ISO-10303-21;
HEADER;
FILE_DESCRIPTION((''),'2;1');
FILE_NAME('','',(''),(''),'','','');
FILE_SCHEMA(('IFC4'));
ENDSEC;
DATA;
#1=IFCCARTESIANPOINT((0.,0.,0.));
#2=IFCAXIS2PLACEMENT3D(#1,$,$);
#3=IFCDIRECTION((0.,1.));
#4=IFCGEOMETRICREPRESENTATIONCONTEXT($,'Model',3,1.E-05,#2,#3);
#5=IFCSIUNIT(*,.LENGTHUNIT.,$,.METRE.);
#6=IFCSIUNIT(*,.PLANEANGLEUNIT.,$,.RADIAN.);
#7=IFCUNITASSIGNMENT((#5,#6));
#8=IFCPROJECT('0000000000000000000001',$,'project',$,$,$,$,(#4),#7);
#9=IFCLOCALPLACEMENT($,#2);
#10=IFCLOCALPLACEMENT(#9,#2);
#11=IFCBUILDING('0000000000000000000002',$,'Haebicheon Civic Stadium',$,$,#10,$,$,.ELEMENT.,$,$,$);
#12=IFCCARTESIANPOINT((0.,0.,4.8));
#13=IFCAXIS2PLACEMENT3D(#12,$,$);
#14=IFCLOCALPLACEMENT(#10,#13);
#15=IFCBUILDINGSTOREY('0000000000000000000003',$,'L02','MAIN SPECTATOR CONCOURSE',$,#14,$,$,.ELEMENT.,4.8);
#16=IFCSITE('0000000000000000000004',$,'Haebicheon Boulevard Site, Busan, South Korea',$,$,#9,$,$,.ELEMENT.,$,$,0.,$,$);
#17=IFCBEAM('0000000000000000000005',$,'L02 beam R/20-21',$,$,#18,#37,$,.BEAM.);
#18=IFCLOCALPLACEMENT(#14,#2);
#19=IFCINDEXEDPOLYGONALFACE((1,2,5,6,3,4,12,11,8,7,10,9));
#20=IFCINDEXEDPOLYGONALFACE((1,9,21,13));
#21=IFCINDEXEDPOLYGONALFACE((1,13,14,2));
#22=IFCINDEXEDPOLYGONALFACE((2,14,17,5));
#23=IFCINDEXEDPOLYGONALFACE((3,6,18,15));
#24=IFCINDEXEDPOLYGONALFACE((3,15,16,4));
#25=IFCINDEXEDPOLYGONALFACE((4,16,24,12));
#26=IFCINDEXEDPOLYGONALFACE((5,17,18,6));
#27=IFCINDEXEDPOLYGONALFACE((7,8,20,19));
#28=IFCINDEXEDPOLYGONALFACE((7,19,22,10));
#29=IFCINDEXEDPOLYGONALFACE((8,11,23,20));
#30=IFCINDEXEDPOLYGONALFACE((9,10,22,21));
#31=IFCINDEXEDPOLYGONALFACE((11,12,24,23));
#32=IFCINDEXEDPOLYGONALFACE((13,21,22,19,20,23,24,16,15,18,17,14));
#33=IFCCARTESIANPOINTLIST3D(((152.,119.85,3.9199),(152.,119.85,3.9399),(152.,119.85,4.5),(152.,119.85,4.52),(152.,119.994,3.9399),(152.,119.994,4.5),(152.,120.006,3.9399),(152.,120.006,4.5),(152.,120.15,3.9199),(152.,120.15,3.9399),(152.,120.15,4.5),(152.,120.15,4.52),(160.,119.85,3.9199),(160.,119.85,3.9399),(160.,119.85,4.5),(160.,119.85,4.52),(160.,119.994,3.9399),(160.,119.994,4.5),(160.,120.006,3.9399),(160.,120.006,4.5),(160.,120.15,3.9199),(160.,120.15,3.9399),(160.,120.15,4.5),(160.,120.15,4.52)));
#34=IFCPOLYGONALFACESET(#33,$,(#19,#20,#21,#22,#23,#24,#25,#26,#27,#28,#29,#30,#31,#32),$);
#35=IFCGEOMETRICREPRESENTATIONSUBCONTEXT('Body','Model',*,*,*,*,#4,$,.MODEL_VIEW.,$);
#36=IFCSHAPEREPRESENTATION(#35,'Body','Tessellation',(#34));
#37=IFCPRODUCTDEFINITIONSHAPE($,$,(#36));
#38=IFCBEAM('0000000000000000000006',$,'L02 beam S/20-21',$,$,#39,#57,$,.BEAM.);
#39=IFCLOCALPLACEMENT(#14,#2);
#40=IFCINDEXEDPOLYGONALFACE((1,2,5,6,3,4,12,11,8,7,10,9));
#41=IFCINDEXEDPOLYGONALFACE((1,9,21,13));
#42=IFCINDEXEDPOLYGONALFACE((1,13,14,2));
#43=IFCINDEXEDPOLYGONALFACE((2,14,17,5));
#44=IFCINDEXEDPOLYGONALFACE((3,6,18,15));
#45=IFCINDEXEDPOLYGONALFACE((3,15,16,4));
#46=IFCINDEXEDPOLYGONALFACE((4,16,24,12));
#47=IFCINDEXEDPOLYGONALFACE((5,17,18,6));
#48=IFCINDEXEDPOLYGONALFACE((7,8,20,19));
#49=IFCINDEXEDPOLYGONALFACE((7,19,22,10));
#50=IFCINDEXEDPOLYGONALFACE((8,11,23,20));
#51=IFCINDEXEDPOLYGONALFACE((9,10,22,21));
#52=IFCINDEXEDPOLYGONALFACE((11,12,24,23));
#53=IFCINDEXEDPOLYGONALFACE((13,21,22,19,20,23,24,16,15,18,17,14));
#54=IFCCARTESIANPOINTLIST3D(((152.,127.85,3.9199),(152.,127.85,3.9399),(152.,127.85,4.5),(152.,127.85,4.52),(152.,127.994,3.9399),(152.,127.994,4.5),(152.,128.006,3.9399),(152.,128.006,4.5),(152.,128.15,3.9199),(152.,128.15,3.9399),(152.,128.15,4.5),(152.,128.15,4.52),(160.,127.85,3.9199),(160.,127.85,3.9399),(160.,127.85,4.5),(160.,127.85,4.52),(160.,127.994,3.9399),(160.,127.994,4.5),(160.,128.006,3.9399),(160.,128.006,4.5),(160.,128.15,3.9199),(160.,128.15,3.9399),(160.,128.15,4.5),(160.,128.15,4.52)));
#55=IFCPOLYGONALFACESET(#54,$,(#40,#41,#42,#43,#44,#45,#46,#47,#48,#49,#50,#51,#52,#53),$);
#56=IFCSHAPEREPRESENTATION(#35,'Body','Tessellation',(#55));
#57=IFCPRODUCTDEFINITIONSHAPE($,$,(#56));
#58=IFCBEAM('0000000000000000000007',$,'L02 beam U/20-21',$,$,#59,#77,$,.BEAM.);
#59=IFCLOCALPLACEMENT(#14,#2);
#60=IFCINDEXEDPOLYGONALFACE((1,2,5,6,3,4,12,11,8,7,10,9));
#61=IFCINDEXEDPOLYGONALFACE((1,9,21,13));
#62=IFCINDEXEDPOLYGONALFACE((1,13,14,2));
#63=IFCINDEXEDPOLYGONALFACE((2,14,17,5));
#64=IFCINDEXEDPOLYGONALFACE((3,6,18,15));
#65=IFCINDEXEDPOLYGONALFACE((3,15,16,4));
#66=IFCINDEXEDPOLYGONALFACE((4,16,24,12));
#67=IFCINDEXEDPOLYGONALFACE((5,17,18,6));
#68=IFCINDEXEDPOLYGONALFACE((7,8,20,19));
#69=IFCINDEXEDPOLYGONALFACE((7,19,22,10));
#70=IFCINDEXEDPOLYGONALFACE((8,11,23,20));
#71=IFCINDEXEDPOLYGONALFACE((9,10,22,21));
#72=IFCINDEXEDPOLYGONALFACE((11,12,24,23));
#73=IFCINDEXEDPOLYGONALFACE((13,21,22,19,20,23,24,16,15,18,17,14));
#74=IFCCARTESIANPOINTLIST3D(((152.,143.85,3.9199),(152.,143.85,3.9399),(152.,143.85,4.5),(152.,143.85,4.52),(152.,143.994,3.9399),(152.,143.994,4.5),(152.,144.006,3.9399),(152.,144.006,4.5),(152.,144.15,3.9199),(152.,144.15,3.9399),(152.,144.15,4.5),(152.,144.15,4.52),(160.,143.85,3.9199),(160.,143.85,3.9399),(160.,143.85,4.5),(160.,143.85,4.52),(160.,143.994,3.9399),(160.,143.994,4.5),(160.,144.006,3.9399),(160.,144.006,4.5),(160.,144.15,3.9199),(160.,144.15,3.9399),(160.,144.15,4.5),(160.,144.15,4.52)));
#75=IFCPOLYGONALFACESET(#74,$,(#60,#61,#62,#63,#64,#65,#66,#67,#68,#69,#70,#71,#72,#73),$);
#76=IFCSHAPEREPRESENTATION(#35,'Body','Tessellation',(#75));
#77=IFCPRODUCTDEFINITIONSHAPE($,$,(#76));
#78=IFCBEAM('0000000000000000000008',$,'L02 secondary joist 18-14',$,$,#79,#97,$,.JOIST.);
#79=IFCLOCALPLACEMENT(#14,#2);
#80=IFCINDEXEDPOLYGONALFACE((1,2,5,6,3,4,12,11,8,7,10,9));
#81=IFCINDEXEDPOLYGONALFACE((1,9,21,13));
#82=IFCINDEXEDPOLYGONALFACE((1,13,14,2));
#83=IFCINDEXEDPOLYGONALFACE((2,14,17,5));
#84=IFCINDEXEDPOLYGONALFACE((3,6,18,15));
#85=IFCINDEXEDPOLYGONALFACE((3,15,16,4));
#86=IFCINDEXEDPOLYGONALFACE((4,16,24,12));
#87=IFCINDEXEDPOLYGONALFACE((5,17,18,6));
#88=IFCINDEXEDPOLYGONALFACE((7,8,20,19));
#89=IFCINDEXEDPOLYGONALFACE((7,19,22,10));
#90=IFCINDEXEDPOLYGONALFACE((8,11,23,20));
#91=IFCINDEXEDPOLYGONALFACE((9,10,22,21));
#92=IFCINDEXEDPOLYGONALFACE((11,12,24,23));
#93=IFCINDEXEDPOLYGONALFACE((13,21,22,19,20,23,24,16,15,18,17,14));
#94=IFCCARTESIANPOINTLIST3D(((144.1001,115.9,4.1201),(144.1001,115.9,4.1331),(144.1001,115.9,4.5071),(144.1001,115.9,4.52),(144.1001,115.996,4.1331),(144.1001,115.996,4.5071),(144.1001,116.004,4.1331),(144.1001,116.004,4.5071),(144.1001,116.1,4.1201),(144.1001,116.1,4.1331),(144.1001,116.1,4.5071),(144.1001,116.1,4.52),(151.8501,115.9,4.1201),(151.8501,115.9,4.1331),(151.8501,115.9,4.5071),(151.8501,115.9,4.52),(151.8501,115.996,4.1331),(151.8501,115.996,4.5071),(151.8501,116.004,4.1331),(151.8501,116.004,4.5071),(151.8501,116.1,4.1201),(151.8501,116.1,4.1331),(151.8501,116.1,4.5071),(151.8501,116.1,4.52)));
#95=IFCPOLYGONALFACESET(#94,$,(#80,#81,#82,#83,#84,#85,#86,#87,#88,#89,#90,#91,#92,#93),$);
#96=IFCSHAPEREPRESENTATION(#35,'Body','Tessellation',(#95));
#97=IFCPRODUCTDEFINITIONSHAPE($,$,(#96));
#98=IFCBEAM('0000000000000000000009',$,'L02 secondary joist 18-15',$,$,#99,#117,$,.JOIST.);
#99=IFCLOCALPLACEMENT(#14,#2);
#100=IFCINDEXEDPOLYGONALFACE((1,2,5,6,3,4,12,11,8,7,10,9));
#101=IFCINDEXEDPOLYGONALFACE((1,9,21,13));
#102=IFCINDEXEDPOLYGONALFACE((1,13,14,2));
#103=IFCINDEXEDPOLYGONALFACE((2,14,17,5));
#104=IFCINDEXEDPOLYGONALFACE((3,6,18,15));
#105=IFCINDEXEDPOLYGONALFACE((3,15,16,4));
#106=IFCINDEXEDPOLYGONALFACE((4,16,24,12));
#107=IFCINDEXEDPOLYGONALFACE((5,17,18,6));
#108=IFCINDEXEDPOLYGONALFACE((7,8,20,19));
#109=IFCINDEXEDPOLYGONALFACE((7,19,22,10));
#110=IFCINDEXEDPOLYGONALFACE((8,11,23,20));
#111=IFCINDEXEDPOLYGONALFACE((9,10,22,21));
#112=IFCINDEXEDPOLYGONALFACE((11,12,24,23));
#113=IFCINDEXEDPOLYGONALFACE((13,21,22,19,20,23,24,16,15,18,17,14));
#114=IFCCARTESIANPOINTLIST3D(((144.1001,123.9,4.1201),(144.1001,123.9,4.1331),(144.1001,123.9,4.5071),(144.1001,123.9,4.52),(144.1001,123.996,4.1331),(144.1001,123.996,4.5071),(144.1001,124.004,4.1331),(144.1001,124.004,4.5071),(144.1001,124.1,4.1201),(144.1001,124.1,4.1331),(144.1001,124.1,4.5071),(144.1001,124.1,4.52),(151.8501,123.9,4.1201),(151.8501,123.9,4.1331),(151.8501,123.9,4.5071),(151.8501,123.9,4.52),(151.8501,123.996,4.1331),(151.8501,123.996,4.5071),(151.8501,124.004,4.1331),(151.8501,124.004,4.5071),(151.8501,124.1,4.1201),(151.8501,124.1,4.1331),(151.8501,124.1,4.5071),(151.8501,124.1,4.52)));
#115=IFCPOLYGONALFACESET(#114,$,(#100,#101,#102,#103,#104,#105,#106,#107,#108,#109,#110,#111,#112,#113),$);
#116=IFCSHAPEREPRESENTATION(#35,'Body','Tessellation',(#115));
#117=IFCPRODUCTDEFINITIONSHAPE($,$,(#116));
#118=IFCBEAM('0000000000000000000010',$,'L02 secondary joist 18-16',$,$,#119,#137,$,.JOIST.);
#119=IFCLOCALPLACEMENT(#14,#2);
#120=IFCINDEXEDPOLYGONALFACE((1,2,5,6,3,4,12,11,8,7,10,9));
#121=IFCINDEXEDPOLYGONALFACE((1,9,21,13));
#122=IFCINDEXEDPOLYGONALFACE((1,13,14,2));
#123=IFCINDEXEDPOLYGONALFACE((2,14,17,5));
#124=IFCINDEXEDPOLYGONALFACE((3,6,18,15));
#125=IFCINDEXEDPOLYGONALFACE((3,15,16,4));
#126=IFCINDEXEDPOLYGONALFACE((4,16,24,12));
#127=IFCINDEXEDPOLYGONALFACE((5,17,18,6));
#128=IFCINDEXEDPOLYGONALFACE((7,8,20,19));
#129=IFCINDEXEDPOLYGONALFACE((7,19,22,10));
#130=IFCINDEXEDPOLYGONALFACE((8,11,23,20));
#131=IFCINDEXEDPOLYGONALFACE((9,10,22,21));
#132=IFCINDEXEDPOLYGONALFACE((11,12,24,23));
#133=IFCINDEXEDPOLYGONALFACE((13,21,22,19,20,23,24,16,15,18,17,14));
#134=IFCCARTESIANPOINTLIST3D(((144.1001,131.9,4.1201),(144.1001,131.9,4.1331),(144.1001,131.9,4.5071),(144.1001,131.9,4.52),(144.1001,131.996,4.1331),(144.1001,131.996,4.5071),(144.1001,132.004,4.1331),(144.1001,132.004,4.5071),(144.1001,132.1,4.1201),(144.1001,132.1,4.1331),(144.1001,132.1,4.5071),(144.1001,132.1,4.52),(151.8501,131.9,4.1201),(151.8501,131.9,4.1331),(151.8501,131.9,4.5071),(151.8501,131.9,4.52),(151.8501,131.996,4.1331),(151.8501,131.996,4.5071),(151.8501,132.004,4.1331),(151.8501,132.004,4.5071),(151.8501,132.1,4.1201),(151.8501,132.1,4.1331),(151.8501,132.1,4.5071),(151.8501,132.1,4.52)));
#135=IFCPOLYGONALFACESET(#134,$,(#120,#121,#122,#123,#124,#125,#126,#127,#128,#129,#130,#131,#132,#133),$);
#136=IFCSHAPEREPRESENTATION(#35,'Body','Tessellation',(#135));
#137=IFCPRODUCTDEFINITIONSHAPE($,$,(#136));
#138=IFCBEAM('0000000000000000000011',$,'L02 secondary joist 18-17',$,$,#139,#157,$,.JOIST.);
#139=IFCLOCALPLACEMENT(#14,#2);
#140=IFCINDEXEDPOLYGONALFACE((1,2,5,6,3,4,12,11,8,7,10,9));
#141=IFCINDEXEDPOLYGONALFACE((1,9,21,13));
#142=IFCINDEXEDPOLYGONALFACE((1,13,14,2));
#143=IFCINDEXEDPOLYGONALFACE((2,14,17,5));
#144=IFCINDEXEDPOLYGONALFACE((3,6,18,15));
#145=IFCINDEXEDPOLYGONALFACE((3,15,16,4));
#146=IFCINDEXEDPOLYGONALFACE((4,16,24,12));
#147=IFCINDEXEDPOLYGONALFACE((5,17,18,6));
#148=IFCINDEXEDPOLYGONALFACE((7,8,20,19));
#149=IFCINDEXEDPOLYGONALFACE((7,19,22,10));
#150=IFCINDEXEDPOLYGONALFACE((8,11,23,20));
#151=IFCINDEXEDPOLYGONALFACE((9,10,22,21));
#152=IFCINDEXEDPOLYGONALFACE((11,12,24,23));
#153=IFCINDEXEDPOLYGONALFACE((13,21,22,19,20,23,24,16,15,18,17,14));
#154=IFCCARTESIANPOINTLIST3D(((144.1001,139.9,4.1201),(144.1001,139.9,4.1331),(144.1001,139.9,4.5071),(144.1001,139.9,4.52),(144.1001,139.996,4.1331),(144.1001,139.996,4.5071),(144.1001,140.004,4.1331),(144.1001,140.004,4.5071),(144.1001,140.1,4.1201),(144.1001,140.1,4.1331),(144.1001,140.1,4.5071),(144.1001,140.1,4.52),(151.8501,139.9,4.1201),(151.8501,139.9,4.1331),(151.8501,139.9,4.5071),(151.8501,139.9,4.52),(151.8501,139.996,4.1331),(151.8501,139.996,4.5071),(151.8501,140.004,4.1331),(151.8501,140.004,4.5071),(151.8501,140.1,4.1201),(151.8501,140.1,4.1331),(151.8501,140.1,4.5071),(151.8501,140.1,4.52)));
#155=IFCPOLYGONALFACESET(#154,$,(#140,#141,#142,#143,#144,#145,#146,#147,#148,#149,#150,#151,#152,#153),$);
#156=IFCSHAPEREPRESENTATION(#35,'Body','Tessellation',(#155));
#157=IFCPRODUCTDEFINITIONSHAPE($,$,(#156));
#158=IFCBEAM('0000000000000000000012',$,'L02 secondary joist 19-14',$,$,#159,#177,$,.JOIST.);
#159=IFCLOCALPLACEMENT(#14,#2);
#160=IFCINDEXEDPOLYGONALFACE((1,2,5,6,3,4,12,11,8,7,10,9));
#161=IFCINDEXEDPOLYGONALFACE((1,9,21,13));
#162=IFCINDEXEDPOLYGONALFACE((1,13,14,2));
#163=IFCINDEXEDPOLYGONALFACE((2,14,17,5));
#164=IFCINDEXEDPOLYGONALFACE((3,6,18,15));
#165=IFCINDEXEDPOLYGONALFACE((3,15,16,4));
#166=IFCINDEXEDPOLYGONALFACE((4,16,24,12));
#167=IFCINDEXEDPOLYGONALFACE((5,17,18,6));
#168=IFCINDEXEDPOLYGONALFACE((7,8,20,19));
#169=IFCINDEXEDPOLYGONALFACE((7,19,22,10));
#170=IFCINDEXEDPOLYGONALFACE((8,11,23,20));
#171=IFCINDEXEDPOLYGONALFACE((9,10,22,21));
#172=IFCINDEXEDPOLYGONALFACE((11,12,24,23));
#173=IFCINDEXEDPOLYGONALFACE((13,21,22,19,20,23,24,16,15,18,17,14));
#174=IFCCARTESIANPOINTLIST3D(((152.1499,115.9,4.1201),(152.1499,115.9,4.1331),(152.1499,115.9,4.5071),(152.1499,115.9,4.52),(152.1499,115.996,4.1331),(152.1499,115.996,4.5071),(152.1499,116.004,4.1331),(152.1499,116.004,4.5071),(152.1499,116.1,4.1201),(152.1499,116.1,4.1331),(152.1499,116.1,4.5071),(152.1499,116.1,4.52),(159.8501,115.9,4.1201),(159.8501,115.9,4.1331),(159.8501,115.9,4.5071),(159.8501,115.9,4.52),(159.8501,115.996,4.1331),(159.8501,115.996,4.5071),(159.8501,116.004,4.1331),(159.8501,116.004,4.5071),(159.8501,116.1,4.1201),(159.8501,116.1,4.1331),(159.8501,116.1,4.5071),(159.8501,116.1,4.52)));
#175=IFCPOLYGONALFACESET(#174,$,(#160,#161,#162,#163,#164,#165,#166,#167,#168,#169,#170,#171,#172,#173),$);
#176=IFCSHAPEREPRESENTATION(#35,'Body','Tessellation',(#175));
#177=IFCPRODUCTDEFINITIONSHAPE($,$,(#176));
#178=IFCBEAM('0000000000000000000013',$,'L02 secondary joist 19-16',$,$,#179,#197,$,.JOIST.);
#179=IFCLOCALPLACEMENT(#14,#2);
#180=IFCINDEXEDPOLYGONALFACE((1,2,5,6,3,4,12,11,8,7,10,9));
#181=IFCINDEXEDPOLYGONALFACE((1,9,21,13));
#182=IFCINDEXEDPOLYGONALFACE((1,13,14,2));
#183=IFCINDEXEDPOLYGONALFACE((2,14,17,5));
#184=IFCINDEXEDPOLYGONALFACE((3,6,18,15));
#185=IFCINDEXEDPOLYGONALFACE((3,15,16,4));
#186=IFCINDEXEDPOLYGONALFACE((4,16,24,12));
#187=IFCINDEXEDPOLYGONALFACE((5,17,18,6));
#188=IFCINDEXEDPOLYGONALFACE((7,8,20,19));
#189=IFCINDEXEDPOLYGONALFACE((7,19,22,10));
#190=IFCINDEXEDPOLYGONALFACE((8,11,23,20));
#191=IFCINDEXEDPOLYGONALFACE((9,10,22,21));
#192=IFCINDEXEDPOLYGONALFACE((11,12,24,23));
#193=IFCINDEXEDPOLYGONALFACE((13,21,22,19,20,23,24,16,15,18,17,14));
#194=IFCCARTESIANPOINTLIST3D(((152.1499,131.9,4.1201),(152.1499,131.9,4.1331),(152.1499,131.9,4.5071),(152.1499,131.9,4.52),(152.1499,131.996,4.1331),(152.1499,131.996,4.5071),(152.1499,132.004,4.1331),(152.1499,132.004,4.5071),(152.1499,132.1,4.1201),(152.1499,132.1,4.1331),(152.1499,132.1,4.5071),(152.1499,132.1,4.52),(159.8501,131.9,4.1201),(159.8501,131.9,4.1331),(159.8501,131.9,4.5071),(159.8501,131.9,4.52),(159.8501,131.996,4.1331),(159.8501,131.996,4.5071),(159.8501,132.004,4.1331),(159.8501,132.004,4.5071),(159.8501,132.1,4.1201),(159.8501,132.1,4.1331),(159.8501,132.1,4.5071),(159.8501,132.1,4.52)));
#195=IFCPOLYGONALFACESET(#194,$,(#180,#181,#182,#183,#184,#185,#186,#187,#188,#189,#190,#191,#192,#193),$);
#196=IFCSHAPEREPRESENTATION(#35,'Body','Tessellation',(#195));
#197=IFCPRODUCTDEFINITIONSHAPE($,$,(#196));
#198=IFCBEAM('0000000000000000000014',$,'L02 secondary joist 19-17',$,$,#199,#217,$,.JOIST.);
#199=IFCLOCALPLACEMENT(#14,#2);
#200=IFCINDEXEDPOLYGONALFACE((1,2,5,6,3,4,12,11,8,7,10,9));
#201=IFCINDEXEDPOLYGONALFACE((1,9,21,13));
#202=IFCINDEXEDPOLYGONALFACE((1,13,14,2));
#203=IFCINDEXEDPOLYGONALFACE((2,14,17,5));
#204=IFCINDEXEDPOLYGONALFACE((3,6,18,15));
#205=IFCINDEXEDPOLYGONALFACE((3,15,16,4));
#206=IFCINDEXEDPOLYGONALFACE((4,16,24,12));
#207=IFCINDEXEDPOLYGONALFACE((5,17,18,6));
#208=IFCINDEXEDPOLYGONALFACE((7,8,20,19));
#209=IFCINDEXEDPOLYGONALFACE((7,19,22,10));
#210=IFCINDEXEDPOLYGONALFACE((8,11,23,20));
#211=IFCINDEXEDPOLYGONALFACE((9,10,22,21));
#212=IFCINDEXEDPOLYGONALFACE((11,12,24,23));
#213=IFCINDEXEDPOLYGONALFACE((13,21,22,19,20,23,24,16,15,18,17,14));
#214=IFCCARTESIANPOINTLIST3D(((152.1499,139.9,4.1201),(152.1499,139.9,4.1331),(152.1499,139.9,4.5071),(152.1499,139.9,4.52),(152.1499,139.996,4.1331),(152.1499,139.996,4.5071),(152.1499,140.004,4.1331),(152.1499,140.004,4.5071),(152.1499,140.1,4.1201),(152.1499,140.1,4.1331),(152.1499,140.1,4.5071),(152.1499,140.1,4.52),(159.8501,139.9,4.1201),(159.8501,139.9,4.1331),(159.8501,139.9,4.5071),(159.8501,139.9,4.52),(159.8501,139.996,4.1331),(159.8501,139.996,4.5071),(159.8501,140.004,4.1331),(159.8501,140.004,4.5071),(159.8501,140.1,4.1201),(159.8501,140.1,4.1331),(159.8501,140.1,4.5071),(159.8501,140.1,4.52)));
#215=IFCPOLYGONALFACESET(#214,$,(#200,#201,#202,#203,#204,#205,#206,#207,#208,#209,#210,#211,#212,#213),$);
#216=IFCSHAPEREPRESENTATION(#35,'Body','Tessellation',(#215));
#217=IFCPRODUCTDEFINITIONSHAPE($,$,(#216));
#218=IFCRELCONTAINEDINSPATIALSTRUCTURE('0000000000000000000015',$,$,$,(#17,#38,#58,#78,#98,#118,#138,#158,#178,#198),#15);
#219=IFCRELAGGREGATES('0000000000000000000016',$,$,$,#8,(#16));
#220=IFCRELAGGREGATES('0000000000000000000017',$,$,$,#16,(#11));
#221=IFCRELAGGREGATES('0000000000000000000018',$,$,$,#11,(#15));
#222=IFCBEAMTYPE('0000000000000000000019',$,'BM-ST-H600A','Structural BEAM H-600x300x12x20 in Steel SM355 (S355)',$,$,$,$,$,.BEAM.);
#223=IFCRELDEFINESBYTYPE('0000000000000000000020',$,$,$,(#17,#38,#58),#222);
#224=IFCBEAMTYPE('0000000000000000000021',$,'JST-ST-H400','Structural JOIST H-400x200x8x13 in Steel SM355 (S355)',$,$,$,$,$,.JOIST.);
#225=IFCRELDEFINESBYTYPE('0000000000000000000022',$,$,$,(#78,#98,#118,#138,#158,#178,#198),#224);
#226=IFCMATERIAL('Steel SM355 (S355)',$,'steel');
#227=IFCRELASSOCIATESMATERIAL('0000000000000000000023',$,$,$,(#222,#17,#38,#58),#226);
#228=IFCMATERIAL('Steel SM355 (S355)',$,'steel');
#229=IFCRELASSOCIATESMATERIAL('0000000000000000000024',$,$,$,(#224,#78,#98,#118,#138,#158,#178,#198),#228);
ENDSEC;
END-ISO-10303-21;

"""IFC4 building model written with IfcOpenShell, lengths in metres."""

from ifc_helpers import new_model, si_unit, direction, frame, origin, origin_2d, place, context, subcontext, project, spatial, i_section, extrude, material, material_profile, profile_set, type_object, element, save


model = new_model("IFC4")

# Units and contexts
model_context = context("Model", 3, precision=1e-05, world=origin(), true_north=direction((0.0, 1.0)))
body_context = subcontext(model_context, "Body", "Model", "MODEL_VIEW")
ifc_project = project(units=[si_unit("LENGTHUNIT", "METRE"), si_unit("PLANEANGLEUNIT", "RADIAN")], contexts=[model_context])

# Site, building, storey
site_placement = place(None, origin())
site = spatial("IfcSite", under=ifc_project, at=site_placement, Name="Haebicheon Boulevard Site, Busan, South Korea", CompositionType="ELEMENT", RefElevation=0.0)
building_placement = place(site_placement, origin())
building = spatial("IfcBuilding", under=site, at=building_placement, Name="Haebicheon Civic Stadium", CompositionType="ELEMENT")
storey_placement = place(building_placement, frame((0.0, 0.0, 4.8)))
storey = spatial("IfcBuildingStorey", under=building, at=storey_placement, Name="L02", Description="MAIN SPECTATOR CONCOURSE", CompositionType="ELEMENT", Elevation=4.8)

# Beams
ifc_material_1 = material(Name="Steel SM355 (S355)", Category="steel")
ifc_material_profile_1 = material_profile(ifc_material_1, i_section(OverallWidth=0.3, OverallDepth=0.6001, WebThickness=0.012, FlangeThickness=0.02, at=origin_2d()), Name="H-600x300x12x20")
ifc_profile_set_1 = profile_set([ifc_material_profile_1], Name="Steel SM355 (S355)")
beam_type_1 = type_object("IfcBeamType", Name="BM-ST-H600A", Description="Structural BEAM H-600x300x12x20 in Steel SM355 (S355)", PredefinedType="BEAM", material=ifc_profile_set_1)
for number, where, z_axis, x_axis, name in (
    (1, (152.0, 120.0, 4.22), (1.0, 0.0, 0.0), (0.0, 1.0, 0.0), "L02 beam R/20-21"),
    (2, (152.0, 128.0, 4.22), (1.0, 0.0, 0.0), (0.0, 1.0, 0.0), "L02 beam S/20-21"),
    (3, (152.0, 144.0, 4.22), (1.0, 0.0, 0.0), (0.0, 1.0, 0.0), "L02 beam U/20-21"),
):
    element("IfcBeam", number, at=place(storey_placement, frame(where, z_axis=z_axis, x_axis=x_axis)), inside=storey, type_object=beam_type_1, material=ifc_profile_set_1, Name=name, PredefinedType="BEAM", context=body_context, shape_type="SweptSolid", body=[
        extrude(i_section(OverallWidth=0.3, OverallDepth=0.6001, WebThickness=0.012, FlangeThickness=0.02, at=origin_2d()), origin(), (0.0, 0.0, 1.0), 8.0),
    ])
ifc_material_2 = material(Name="Steel SM355 (S355)", Category="steel")
ifc_material_profile_2 = material_profile(ifc_material_2, i_section(OverallWidth=0.2, OverallDepth=0.3999, WebThickness=0.0081, FlangeThickness=0.0129, at=origin_2d()), Name="H-400x200x8x13")
ifc_profile_set_2 = profile_set([ifc_material_profile_2], Name="Steel SM355 (S355)")
beam_type_2 = type_object("IfcBeamType", Name="JST-ST-H400", Description="Structural JOIST H-400x200x8x13 in Steel SM355 (S355)", PredefinedType="JOIST", material=ifc_profile_set_2)
for number, where, z_axis, x_axis, name in (
    (4, (144.1001, 116.0, 4.3201), (1.0, 0.0, 0.0), (0.0, 1.0, 0.0), "L02 secondary joist 18-14"),
    (5, (144.1001, 124.0, 4.3201), (1.0, 0.0, 0.0), (0.0, 1.0, 0.0), "L02 secondary joist 18-15"),
    (6, (144.1001, 132.0, 4.3201), (1.0, 0.0, 0.0), (0.0, 1.0, 0.0), "L02 secondary joist 18-16"),
    (7, (144.1001, 140.0, 4.3201), (1.0, 0.0, 0.0), (0.0, 1.0, 0.0), "L02 secondary joist 18-17"),
):
    element("IfcBeam", number, at=place(storey_placement, frame(where, z_axis=z_axis, x_axis=x_axis)), inside=storey, type_object=beam_type_2, material=ifc_profile_set_2, Name=name, PredefinedType="JOIST", context=body_context, shape_type="SweptSolid", body=[
        extrude(i_section(OverallWidth=0.2, OverallDepth=0.3999, WebThickness=0.0081, FlangeThickness=0.0129, at=origin_2d()), origin(), (0.0, 0.0, 1.0), 7.75),
    ])
for number, where, z_axis, x_axis, name in (
    (8, (152.1499, 116.0, 4.3201), (1.0, 0.0, 0.0), (0.0, 1.0, 0.0), "L02 secondary joist 19-14"),
    (9, (152.1499, 132.0, 4.3201), (1.0, 0.0, 0.0), (0.0, 1.0, 0.0), "L02 secondary joist 19-16"),
    (10, (152.1499, 140.0, 4.3201), (1.0, 0.0, 0.0), (0.0, 1.0, 0.0), "L02 secondary joist 19-17"),
):
    element("IfcBeam", number, at=place(storey_placement, frame(where, z_axis=z_axis, x_axis=x_axis)), inside=storey, type_object=beam_type_2, material=ifc_profile_set_2, Name=name, PredefinedType="JOIST", context=body_context, shape_type="SweptSolid", body=[
        extrude(i_section(OverallWidth=0.2, OverallDepth=0.3999, WebThickness=0.0081, FlangeThickness=0.0129, at=origin_2d()), origin(), (0.0, 0.0, 1.0), 7.7002),
    ])

save(model, "model.ifc")
